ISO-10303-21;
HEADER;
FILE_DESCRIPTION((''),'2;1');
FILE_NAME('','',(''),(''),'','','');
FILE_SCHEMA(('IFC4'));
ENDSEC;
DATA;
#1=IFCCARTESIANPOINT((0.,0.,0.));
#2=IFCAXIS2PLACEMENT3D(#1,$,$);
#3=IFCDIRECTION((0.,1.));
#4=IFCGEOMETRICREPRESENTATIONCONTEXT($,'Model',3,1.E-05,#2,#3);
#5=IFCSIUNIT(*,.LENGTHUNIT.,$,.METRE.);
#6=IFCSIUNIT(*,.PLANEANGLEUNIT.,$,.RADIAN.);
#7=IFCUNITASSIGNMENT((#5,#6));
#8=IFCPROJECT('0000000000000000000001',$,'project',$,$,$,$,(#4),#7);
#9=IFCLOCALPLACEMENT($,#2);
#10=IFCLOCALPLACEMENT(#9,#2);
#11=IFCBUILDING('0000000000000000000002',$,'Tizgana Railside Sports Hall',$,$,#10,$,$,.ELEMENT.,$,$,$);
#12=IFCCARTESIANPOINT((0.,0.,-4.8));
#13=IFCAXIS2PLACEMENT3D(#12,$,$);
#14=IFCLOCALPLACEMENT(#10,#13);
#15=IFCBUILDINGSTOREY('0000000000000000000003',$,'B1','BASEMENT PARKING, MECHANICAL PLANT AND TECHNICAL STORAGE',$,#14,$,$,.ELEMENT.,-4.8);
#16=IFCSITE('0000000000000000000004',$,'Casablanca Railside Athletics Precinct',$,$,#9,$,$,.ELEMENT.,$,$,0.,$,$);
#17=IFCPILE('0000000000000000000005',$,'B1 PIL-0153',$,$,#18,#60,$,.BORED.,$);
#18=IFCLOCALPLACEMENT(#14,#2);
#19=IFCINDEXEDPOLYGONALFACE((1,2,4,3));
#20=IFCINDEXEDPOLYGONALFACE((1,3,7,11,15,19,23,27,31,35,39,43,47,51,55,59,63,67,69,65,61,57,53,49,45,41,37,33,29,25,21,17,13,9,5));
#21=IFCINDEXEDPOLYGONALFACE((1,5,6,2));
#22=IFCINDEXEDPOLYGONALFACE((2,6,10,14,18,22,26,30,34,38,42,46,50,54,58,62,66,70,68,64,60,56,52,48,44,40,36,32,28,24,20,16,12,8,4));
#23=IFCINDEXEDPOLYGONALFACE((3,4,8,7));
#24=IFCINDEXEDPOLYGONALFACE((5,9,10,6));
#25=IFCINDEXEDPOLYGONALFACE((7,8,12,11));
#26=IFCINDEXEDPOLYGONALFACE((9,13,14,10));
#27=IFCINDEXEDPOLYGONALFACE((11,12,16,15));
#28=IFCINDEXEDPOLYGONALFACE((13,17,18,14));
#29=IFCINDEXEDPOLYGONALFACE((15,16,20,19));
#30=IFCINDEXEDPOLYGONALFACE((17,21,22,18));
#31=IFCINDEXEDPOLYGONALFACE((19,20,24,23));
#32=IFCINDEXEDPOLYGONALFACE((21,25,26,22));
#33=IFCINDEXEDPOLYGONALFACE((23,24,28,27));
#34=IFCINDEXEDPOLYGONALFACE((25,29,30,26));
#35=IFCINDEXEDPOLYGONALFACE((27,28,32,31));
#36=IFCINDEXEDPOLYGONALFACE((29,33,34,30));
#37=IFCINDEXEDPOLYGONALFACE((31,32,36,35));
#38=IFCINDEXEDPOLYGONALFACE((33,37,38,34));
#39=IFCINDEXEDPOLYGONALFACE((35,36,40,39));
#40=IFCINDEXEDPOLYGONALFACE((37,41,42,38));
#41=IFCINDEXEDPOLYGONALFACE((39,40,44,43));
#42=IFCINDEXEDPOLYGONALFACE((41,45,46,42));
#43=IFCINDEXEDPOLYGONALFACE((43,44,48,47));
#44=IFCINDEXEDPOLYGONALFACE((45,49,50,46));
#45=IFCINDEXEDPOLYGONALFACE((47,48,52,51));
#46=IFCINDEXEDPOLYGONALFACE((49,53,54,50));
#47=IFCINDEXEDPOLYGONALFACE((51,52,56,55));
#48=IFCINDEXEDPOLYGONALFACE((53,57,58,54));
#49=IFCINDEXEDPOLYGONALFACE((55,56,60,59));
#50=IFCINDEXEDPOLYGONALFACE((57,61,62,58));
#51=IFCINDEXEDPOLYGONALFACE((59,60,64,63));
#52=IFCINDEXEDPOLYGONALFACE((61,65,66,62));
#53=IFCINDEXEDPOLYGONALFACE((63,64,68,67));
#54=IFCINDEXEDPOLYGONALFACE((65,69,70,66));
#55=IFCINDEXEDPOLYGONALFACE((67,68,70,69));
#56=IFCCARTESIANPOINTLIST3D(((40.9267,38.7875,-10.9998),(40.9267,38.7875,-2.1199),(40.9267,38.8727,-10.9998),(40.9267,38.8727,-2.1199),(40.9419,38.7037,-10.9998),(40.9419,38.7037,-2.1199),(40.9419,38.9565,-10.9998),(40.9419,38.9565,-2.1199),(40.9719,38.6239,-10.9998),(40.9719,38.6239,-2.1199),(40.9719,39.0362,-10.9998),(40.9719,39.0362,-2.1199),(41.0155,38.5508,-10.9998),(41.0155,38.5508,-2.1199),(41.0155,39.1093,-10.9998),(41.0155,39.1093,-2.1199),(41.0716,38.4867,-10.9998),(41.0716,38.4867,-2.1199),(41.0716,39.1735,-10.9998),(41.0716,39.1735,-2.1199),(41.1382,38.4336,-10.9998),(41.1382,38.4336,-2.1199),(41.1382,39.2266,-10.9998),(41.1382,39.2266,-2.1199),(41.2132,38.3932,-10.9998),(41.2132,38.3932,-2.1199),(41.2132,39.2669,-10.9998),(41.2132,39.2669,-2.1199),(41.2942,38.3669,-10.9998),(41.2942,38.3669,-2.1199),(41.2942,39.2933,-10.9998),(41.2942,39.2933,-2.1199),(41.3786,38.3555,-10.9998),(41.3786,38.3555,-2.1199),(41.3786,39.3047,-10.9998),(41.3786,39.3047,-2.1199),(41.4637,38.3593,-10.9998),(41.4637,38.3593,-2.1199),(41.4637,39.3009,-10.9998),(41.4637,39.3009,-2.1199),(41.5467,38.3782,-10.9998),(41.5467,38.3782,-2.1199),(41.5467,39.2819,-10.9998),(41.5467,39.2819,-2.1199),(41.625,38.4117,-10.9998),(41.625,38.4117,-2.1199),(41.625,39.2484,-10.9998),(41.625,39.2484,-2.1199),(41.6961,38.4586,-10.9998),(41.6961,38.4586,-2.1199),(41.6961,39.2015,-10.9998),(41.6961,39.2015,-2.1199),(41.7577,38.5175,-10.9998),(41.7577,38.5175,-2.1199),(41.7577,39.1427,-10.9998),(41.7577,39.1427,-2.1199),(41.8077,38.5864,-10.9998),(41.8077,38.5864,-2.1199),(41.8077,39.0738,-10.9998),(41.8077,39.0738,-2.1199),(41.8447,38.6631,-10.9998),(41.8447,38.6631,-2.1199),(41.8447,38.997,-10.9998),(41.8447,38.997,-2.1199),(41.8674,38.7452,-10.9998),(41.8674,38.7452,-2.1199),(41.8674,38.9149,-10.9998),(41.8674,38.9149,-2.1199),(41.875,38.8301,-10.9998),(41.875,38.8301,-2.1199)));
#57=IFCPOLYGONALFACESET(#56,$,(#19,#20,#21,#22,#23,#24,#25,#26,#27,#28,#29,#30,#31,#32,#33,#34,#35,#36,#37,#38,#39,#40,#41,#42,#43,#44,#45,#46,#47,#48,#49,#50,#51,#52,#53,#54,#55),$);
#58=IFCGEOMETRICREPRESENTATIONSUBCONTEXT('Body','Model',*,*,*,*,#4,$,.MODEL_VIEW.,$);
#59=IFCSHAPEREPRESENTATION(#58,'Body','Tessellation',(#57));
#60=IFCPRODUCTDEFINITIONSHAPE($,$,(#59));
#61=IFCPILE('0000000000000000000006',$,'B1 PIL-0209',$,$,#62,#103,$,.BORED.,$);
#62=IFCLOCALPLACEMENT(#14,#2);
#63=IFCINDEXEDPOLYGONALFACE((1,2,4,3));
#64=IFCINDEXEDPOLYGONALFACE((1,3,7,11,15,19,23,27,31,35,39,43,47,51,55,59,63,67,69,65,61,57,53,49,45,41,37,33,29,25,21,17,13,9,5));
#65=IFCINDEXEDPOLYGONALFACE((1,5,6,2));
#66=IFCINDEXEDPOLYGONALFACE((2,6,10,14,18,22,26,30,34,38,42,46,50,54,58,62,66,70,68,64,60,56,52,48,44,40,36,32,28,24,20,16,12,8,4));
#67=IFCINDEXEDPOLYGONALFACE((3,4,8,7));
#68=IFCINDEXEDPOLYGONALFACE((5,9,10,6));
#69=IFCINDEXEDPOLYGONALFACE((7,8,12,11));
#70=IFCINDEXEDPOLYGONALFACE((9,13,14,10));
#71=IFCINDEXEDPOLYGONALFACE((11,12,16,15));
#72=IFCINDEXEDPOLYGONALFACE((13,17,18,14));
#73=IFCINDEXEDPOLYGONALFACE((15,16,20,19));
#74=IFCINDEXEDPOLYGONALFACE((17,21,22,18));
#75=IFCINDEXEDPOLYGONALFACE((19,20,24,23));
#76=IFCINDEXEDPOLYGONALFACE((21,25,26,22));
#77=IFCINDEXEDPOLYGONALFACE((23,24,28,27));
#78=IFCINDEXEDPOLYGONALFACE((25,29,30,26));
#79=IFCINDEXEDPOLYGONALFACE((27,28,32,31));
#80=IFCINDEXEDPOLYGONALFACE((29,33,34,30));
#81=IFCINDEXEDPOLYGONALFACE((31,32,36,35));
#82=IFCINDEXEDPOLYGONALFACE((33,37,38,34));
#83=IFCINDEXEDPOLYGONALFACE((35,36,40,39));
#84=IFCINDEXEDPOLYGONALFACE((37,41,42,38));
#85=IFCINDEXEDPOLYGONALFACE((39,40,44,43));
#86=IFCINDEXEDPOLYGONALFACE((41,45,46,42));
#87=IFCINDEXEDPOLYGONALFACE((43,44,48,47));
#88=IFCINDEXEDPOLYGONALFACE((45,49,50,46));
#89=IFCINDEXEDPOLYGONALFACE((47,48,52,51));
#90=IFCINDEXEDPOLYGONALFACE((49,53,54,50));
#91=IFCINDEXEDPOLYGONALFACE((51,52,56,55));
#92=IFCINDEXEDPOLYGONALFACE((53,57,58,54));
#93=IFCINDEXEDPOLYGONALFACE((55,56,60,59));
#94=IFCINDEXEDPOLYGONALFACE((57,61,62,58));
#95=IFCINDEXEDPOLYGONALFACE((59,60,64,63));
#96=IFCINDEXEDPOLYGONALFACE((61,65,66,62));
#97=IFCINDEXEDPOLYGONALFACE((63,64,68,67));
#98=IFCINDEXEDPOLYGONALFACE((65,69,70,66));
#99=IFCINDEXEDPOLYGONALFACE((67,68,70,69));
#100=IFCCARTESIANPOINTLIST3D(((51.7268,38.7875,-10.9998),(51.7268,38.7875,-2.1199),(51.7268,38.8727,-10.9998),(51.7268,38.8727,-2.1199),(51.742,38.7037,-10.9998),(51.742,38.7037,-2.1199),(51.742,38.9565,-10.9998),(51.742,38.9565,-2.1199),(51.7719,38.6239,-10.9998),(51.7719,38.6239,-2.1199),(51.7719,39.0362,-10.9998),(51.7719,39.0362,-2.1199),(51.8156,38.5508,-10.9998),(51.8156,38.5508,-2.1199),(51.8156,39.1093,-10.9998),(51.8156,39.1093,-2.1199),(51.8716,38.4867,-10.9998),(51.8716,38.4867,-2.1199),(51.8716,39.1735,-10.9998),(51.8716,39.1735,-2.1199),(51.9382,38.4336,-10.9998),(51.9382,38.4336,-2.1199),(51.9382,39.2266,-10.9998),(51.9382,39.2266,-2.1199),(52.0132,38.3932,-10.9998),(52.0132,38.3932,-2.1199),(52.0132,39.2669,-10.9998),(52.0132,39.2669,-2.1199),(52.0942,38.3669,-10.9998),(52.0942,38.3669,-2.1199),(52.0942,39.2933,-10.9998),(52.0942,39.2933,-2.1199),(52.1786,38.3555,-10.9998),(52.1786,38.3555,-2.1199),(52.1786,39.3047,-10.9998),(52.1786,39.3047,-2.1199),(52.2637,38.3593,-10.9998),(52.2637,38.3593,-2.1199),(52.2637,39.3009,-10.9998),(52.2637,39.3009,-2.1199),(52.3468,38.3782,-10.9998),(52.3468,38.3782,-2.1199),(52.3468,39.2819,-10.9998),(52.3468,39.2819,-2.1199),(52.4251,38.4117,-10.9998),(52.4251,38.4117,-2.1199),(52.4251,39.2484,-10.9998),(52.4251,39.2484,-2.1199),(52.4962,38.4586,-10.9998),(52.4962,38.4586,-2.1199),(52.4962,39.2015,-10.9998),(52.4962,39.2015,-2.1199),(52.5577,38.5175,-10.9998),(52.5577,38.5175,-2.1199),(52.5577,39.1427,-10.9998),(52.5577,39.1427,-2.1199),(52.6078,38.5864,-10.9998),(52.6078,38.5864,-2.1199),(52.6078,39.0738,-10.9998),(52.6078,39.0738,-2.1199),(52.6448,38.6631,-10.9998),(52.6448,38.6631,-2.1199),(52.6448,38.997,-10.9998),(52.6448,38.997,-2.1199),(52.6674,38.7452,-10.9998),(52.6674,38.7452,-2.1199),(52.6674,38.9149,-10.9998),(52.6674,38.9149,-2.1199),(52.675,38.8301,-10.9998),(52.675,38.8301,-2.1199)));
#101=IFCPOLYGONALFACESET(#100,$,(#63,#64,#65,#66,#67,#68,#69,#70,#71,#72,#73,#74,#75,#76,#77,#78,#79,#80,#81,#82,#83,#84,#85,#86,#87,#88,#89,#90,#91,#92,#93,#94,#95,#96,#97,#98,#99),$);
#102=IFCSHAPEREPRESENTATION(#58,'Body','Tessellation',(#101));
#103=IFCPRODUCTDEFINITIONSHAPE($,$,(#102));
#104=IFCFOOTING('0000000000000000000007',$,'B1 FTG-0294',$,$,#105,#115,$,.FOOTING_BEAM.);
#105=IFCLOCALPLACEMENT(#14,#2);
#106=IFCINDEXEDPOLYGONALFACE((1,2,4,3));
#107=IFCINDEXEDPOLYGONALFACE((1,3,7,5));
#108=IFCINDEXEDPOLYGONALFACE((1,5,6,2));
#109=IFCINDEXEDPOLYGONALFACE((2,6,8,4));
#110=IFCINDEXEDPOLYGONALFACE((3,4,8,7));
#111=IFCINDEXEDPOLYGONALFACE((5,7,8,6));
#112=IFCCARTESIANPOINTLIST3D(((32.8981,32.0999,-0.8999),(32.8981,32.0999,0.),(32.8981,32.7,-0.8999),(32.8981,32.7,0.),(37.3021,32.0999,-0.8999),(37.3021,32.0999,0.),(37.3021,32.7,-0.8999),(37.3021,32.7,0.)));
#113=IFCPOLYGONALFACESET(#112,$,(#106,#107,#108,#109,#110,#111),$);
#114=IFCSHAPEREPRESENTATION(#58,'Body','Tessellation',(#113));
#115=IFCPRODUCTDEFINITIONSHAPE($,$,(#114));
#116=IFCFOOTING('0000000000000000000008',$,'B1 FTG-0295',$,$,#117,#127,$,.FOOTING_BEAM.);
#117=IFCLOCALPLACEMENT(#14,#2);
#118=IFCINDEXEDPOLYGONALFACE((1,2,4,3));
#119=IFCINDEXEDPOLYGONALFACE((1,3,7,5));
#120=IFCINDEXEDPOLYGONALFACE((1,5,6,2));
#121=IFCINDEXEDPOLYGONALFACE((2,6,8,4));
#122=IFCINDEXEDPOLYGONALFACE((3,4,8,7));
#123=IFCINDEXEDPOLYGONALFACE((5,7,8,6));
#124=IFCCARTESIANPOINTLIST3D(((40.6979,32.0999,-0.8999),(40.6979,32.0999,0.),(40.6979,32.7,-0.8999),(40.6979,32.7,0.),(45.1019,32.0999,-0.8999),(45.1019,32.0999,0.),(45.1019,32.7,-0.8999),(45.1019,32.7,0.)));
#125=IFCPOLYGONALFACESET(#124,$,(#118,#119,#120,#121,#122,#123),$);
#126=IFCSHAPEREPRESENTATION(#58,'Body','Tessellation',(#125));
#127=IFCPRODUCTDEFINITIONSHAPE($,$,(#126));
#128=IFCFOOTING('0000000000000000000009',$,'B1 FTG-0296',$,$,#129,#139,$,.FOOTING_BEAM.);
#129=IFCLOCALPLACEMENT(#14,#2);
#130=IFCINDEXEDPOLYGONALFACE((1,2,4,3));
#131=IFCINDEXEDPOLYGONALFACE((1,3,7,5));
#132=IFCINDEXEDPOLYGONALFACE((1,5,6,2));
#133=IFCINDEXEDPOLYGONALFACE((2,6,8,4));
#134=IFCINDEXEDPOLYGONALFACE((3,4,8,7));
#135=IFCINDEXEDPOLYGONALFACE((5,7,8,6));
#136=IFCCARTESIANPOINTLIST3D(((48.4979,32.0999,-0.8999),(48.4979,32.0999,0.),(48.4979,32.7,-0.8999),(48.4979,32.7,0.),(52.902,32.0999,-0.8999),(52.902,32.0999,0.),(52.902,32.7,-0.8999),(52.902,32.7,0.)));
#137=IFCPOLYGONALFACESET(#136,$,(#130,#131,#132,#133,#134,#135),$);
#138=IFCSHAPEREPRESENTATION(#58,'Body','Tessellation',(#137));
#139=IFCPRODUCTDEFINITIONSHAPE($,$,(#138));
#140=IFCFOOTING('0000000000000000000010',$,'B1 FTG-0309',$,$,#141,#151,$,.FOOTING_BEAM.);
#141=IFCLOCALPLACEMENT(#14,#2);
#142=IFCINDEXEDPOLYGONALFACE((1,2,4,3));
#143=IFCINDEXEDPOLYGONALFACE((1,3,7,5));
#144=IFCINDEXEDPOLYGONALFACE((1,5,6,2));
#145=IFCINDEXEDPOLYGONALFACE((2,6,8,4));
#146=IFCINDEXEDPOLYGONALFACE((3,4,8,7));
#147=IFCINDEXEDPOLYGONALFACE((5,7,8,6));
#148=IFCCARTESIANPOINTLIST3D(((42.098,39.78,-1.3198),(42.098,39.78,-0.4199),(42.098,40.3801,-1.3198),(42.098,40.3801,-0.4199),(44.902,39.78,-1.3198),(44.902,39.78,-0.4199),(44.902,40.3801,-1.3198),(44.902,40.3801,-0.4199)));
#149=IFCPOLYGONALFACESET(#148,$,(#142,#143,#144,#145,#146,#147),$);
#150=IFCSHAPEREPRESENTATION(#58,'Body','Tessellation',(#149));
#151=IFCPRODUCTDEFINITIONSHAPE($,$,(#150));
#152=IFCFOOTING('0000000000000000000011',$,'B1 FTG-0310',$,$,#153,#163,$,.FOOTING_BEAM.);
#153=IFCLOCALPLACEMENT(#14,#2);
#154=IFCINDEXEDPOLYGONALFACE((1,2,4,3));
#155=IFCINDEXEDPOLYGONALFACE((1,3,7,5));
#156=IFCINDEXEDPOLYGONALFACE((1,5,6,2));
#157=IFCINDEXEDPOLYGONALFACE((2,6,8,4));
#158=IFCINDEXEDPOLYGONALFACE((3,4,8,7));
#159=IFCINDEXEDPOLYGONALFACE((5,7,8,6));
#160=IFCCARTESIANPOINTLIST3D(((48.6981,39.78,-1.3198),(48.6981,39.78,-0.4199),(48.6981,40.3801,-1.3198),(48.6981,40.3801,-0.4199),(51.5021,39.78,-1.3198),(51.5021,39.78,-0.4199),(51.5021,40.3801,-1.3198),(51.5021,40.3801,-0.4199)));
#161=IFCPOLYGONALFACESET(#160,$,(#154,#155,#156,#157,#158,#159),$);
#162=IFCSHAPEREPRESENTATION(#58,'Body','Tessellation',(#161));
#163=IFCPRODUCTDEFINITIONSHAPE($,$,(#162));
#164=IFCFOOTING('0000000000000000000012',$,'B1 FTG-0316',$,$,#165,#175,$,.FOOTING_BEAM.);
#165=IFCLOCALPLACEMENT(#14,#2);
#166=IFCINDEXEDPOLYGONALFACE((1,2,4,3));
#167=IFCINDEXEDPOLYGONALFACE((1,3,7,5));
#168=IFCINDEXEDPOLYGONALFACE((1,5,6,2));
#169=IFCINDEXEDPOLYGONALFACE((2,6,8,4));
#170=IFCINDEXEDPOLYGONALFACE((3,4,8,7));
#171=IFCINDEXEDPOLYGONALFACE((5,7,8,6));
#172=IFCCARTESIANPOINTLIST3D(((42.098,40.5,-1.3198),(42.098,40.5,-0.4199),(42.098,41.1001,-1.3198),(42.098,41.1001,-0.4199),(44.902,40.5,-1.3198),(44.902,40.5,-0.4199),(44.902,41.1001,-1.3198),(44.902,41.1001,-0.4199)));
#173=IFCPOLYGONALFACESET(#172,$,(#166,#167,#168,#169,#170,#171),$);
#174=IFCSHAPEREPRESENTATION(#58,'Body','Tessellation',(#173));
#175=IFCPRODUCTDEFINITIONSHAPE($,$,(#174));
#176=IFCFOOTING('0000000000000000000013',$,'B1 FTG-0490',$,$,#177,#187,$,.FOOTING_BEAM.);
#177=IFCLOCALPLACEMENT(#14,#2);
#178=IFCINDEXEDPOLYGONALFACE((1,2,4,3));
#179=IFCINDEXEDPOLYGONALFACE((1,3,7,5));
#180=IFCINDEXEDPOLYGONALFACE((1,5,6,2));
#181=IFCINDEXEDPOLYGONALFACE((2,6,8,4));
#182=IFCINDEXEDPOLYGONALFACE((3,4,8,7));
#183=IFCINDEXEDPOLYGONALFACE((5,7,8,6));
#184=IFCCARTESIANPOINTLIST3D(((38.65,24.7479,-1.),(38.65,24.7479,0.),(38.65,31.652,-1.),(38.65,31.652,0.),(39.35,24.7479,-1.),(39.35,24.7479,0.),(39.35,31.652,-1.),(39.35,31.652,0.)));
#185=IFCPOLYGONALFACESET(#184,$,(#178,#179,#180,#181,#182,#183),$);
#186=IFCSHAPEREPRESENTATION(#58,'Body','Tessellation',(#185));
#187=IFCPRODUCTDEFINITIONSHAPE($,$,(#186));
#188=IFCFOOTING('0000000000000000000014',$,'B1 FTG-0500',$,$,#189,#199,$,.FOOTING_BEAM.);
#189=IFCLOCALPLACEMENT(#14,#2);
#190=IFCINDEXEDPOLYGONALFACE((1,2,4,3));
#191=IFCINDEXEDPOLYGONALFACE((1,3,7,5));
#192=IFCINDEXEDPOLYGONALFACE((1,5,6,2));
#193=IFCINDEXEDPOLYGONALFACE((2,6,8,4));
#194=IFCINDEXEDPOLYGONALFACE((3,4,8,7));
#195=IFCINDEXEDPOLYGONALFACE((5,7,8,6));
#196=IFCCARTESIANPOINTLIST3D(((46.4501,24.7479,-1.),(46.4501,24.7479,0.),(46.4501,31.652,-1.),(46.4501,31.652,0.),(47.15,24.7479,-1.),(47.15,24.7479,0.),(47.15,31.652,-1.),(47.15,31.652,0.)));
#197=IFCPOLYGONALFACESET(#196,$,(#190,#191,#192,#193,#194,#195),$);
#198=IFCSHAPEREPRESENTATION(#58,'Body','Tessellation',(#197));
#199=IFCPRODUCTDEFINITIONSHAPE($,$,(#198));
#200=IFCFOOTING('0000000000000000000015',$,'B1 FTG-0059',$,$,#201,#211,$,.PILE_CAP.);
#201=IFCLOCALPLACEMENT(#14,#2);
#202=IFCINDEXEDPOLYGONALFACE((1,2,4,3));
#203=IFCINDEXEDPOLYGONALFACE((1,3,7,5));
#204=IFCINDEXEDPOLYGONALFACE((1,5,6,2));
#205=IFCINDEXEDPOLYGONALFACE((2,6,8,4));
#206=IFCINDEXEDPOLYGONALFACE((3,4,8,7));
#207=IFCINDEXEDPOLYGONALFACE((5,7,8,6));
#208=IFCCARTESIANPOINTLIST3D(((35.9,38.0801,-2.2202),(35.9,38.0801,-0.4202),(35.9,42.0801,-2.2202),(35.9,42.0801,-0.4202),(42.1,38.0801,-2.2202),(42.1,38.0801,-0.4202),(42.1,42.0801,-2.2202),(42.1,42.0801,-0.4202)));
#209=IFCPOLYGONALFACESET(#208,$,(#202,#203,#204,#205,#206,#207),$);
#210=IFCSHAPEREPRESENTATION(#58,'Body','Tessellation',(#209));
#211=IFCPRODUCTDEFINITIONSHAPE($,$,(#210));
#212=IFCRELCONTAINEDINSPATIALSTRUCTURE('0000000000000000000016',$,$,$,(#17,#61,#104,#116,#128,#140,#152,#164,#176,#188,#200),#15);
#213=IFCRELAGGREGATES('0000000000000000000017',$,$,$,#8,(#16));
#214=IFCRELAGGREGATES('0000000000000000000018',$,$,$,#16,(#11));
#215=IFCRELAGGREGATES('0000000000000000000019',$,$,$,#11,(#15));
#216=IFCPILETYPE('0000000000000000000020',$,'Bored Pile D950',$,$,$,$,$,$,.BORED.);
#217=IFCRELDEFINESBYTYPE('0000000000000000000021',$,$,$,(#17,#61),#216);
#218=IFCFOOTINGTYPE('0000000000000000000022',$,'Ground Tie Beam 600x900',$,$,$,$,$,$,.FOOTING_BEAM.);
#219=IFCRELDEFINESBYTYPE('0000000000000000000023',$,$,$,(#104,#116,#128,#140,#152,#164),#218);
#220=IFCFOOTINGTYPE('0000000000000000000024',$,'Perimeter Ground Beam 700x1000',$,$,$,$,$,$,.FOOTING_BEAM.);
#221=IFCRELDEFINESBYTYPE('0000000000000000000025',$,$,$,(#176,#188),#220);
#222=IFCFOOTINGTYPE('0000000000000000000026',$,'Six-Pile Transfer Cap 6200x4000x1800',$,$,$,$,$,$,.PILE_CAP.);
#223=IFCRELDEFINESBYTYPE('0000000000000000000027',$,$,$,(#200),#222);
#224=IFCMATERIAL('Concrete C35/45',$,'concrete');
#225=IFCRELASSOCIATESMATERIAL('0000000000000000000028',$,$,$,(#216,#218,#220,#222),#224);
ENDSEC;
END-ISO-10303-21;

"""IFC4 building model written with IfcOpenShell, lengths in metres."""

from ifc_helpers import new_model, si_unit, direction, frame, origin, origin_2d, place, context, subcontext, project, spatial, rectangle, circle, extrude, material, material_profile, profile_set, type_object, element, save


model = new_model("IFC4")

# Units and contexts
model_context = context("Model", 3, precision=1e-05, world=origin(), true_north=direction((0.0, 1.0)))
body_context = subcontext(model_context, "Body", "Model", "MODEL_VIEW")
ifc_project = project(units=[si_unit("LENGTHUNIT", "METRE"), si_unit("PLANEANGLEUNIT", "RADIAN")], contexts=[model_context])

# Site, building, storey
site_placement = place(None, origin())
site = spatial("IfcSite", under=ifc_project, at=site_placement, Name="Casablanca Railside Athletics Precinct", CompositionType="ELEMENT", RefElevation=0.0)
building_placement = place(site_placement, origin())
building = spatial("IfcBuilding", under=site, at=building_placement, Name="Tizgana Railside Sports Hall", CompositionType="ELEMENT")
storey_placement = place(building_placement, frame((0.0, 0.0, -4.8)))
storey = spatial("IfcBuildingStorey", under=building, at=storey_placement, Name="B1", Description="BASEMENT PARKING, MECHANICAL PLANT AND TECHNICAL STORAGE", CompositionType="ELEMENT", Elevation=-4.8)

# Piles
ifc_material_1 = material(Name="Concrete C35/45", Category="concrete")
ifc_material_profile_1 = material_profile(ifc_material_1, circle(Radius=0.4751, at=origin_2d()), Name="PILE D950")
ifc_profile_set_1 = profile_set([ifc_material_profile_1], Name="Concrete C35/45")
pile_type_1 = type_object("IfcPileType", Name="Bored Pile D950", PredefinedType="BORED", material=ifc_profile_set_1)
for number, where, z_axis, x_axis, name in (
    (1, (41.3999, 38.8301, -2.1199), (0.0, 0.0, -1.0), (1.0, 0.0, 0.0), "B1 PIL-0153"),
    (2, (52.2, 38.8301, -2.1199), (0.0, 0.0, -1.0), (1.0, 0.0, 0.0), "B1 PIL-0209"),
):
    element("IfcPile", number, at=place(storey_placement, frame(where, z_axis=z_axis, x_axis=x_axis)), inside=storey, type_object=pile_type_1, Name=name, PredefinedType="BORED", context=body_context, shape_type="SweptSolid", body=[
        extrude(circle(Radius=0.4751, at=origin_2d()), origin(), (0.0, 0.0, 1.0), 8.8799),
    ])

# Footings
footing_type_1 = type_object("IfcFootingType", Name="Ground Tie Beam 600x900", PredefinedType="FOOTING_BEAM", material=ifc_material_1)
for number, where, z_axis, x_axis, name in (
    (3, (35.1001, 32.3999, -0.8999), (0.0, 0.0, 1.0), (1.0, 0.0, 0.0), "B1 FTG-0294"),
    (4, (42.8999, 32.3999, -0.8999), (0.0, 0.0, 1.0), (1.0, 0.0, 0.0), "B1 FTG-0295"),
    (5, (50.7, 32.3999, -0.8999), (0.0, 0.0, 1.0), (1.0, 0.0, 0.0), "B1 FTG-0296"),
):
    element("IfcFooting", number, at=place(storey_placement, frame(where, z_axis=z_axis, x_axis=x_axis)), inside=storey, type_object=footing_type_1, Name=name, PredefinedType="FOOTING_BEAM", context=body_context, shape_type="SweptSolid", body=[
        extrude(rectangle(XDim=4.4041, YDim=0.6001, at=origin_2d()), origin(), (0.0, 0.0, 1.0), 0.8999),
    ])
for number, where, z_axis, x_axis, name in (
    (6, (43.5, 40.0801, -1.3198), (0.0, 0.0, 1.0), (1.0, 0.0, 0.0), "B1 FTG-0309"),
    (7, (50.1001, 40.0801, -1.3198), (0.0, 0.0, 1.0), (1.0, 0.0, 0.0), "B1 FTG-0310"),
    (8, (43.5, 40.8, -1.3198), (0.0, 0.0, 1.0), (1.0, 0.0, 0.0), "B1 FTG-0316"),
):
    element("IfcFooting", number, at=place(storey_placement, frame(where, z_axis=z_axis, x_axis=x_axis)), inside=storey, type_object=footing_type_1, Name=name, PredefinedType="FOOTING_BEAM", context=body_context, shape_type="SweptSolid", body=[
        extrude(rectangle(XDim=2.804, YDim=0.6001, at=origin_2d()), origin(), (0.0, 0.0, 1.0), 0.8999),
    ])
footing_type_2 = type_object("IfcFootingType", Name="Perimeter Ground Beam 700x1000", PredefinedType="FOOTING_BEAM", material=ifc_material_1)
for number, where, z_axis, x_axis, name in (
    (9, (39.0, 28.2, -1.0), (0.0, 0.0, 1.0), (0.0, 1.0, 0.0), "B1 FTG-0490"),
    (10, (46.8, 28.2, -1.0), (0.0, 0.0, 1.0), (0.0, 1.0, 0.0), "B1 FTG-0500"),
):
    element("IfcFooting", number, at=place(storey_placement, frame(where, z_axis=z_axis, x_axis=x_axis)), inside=storey, type_object=footing_type_2, Name=name, PredefinedType="FOOTING_BEAM", context=body_context, shape_type="SweptSolid", body=[
        extrude(rectangle(XDim=6.9041, YDim=0.7, at=origin_2d()), origin(), (0.0, 0.0, 1.0), 1.0),
    ])
footing_type_3 = type_object("IfcFootingType", Name="Six-Pile Transfer Cap 6200x4000x1800", PredefinedType="PILE_CAP", material=ifc_material_1)
footing_placement = place(storey_placement, frame((39.0, 40.0801, -2.2202), z_axis=(0.0, 0.0, 1.0), x_axis=(1.0, 0.0, 0.0)))
element("IfcFooting", 11, at=footing_placement, inside=storey, type_object=footing_type_3, Name="B1 FTG-0059", PredefinedType="PILE_CAP", context=body_context, shape_type="SweptSolid", body=[
    extrude(rectangle(XDim=6.2, YDim=4.0, at=origin_2d()), origin(), (0.0, 0.0, 1.0), 1.8),
])

save(model, "model.ifc")
